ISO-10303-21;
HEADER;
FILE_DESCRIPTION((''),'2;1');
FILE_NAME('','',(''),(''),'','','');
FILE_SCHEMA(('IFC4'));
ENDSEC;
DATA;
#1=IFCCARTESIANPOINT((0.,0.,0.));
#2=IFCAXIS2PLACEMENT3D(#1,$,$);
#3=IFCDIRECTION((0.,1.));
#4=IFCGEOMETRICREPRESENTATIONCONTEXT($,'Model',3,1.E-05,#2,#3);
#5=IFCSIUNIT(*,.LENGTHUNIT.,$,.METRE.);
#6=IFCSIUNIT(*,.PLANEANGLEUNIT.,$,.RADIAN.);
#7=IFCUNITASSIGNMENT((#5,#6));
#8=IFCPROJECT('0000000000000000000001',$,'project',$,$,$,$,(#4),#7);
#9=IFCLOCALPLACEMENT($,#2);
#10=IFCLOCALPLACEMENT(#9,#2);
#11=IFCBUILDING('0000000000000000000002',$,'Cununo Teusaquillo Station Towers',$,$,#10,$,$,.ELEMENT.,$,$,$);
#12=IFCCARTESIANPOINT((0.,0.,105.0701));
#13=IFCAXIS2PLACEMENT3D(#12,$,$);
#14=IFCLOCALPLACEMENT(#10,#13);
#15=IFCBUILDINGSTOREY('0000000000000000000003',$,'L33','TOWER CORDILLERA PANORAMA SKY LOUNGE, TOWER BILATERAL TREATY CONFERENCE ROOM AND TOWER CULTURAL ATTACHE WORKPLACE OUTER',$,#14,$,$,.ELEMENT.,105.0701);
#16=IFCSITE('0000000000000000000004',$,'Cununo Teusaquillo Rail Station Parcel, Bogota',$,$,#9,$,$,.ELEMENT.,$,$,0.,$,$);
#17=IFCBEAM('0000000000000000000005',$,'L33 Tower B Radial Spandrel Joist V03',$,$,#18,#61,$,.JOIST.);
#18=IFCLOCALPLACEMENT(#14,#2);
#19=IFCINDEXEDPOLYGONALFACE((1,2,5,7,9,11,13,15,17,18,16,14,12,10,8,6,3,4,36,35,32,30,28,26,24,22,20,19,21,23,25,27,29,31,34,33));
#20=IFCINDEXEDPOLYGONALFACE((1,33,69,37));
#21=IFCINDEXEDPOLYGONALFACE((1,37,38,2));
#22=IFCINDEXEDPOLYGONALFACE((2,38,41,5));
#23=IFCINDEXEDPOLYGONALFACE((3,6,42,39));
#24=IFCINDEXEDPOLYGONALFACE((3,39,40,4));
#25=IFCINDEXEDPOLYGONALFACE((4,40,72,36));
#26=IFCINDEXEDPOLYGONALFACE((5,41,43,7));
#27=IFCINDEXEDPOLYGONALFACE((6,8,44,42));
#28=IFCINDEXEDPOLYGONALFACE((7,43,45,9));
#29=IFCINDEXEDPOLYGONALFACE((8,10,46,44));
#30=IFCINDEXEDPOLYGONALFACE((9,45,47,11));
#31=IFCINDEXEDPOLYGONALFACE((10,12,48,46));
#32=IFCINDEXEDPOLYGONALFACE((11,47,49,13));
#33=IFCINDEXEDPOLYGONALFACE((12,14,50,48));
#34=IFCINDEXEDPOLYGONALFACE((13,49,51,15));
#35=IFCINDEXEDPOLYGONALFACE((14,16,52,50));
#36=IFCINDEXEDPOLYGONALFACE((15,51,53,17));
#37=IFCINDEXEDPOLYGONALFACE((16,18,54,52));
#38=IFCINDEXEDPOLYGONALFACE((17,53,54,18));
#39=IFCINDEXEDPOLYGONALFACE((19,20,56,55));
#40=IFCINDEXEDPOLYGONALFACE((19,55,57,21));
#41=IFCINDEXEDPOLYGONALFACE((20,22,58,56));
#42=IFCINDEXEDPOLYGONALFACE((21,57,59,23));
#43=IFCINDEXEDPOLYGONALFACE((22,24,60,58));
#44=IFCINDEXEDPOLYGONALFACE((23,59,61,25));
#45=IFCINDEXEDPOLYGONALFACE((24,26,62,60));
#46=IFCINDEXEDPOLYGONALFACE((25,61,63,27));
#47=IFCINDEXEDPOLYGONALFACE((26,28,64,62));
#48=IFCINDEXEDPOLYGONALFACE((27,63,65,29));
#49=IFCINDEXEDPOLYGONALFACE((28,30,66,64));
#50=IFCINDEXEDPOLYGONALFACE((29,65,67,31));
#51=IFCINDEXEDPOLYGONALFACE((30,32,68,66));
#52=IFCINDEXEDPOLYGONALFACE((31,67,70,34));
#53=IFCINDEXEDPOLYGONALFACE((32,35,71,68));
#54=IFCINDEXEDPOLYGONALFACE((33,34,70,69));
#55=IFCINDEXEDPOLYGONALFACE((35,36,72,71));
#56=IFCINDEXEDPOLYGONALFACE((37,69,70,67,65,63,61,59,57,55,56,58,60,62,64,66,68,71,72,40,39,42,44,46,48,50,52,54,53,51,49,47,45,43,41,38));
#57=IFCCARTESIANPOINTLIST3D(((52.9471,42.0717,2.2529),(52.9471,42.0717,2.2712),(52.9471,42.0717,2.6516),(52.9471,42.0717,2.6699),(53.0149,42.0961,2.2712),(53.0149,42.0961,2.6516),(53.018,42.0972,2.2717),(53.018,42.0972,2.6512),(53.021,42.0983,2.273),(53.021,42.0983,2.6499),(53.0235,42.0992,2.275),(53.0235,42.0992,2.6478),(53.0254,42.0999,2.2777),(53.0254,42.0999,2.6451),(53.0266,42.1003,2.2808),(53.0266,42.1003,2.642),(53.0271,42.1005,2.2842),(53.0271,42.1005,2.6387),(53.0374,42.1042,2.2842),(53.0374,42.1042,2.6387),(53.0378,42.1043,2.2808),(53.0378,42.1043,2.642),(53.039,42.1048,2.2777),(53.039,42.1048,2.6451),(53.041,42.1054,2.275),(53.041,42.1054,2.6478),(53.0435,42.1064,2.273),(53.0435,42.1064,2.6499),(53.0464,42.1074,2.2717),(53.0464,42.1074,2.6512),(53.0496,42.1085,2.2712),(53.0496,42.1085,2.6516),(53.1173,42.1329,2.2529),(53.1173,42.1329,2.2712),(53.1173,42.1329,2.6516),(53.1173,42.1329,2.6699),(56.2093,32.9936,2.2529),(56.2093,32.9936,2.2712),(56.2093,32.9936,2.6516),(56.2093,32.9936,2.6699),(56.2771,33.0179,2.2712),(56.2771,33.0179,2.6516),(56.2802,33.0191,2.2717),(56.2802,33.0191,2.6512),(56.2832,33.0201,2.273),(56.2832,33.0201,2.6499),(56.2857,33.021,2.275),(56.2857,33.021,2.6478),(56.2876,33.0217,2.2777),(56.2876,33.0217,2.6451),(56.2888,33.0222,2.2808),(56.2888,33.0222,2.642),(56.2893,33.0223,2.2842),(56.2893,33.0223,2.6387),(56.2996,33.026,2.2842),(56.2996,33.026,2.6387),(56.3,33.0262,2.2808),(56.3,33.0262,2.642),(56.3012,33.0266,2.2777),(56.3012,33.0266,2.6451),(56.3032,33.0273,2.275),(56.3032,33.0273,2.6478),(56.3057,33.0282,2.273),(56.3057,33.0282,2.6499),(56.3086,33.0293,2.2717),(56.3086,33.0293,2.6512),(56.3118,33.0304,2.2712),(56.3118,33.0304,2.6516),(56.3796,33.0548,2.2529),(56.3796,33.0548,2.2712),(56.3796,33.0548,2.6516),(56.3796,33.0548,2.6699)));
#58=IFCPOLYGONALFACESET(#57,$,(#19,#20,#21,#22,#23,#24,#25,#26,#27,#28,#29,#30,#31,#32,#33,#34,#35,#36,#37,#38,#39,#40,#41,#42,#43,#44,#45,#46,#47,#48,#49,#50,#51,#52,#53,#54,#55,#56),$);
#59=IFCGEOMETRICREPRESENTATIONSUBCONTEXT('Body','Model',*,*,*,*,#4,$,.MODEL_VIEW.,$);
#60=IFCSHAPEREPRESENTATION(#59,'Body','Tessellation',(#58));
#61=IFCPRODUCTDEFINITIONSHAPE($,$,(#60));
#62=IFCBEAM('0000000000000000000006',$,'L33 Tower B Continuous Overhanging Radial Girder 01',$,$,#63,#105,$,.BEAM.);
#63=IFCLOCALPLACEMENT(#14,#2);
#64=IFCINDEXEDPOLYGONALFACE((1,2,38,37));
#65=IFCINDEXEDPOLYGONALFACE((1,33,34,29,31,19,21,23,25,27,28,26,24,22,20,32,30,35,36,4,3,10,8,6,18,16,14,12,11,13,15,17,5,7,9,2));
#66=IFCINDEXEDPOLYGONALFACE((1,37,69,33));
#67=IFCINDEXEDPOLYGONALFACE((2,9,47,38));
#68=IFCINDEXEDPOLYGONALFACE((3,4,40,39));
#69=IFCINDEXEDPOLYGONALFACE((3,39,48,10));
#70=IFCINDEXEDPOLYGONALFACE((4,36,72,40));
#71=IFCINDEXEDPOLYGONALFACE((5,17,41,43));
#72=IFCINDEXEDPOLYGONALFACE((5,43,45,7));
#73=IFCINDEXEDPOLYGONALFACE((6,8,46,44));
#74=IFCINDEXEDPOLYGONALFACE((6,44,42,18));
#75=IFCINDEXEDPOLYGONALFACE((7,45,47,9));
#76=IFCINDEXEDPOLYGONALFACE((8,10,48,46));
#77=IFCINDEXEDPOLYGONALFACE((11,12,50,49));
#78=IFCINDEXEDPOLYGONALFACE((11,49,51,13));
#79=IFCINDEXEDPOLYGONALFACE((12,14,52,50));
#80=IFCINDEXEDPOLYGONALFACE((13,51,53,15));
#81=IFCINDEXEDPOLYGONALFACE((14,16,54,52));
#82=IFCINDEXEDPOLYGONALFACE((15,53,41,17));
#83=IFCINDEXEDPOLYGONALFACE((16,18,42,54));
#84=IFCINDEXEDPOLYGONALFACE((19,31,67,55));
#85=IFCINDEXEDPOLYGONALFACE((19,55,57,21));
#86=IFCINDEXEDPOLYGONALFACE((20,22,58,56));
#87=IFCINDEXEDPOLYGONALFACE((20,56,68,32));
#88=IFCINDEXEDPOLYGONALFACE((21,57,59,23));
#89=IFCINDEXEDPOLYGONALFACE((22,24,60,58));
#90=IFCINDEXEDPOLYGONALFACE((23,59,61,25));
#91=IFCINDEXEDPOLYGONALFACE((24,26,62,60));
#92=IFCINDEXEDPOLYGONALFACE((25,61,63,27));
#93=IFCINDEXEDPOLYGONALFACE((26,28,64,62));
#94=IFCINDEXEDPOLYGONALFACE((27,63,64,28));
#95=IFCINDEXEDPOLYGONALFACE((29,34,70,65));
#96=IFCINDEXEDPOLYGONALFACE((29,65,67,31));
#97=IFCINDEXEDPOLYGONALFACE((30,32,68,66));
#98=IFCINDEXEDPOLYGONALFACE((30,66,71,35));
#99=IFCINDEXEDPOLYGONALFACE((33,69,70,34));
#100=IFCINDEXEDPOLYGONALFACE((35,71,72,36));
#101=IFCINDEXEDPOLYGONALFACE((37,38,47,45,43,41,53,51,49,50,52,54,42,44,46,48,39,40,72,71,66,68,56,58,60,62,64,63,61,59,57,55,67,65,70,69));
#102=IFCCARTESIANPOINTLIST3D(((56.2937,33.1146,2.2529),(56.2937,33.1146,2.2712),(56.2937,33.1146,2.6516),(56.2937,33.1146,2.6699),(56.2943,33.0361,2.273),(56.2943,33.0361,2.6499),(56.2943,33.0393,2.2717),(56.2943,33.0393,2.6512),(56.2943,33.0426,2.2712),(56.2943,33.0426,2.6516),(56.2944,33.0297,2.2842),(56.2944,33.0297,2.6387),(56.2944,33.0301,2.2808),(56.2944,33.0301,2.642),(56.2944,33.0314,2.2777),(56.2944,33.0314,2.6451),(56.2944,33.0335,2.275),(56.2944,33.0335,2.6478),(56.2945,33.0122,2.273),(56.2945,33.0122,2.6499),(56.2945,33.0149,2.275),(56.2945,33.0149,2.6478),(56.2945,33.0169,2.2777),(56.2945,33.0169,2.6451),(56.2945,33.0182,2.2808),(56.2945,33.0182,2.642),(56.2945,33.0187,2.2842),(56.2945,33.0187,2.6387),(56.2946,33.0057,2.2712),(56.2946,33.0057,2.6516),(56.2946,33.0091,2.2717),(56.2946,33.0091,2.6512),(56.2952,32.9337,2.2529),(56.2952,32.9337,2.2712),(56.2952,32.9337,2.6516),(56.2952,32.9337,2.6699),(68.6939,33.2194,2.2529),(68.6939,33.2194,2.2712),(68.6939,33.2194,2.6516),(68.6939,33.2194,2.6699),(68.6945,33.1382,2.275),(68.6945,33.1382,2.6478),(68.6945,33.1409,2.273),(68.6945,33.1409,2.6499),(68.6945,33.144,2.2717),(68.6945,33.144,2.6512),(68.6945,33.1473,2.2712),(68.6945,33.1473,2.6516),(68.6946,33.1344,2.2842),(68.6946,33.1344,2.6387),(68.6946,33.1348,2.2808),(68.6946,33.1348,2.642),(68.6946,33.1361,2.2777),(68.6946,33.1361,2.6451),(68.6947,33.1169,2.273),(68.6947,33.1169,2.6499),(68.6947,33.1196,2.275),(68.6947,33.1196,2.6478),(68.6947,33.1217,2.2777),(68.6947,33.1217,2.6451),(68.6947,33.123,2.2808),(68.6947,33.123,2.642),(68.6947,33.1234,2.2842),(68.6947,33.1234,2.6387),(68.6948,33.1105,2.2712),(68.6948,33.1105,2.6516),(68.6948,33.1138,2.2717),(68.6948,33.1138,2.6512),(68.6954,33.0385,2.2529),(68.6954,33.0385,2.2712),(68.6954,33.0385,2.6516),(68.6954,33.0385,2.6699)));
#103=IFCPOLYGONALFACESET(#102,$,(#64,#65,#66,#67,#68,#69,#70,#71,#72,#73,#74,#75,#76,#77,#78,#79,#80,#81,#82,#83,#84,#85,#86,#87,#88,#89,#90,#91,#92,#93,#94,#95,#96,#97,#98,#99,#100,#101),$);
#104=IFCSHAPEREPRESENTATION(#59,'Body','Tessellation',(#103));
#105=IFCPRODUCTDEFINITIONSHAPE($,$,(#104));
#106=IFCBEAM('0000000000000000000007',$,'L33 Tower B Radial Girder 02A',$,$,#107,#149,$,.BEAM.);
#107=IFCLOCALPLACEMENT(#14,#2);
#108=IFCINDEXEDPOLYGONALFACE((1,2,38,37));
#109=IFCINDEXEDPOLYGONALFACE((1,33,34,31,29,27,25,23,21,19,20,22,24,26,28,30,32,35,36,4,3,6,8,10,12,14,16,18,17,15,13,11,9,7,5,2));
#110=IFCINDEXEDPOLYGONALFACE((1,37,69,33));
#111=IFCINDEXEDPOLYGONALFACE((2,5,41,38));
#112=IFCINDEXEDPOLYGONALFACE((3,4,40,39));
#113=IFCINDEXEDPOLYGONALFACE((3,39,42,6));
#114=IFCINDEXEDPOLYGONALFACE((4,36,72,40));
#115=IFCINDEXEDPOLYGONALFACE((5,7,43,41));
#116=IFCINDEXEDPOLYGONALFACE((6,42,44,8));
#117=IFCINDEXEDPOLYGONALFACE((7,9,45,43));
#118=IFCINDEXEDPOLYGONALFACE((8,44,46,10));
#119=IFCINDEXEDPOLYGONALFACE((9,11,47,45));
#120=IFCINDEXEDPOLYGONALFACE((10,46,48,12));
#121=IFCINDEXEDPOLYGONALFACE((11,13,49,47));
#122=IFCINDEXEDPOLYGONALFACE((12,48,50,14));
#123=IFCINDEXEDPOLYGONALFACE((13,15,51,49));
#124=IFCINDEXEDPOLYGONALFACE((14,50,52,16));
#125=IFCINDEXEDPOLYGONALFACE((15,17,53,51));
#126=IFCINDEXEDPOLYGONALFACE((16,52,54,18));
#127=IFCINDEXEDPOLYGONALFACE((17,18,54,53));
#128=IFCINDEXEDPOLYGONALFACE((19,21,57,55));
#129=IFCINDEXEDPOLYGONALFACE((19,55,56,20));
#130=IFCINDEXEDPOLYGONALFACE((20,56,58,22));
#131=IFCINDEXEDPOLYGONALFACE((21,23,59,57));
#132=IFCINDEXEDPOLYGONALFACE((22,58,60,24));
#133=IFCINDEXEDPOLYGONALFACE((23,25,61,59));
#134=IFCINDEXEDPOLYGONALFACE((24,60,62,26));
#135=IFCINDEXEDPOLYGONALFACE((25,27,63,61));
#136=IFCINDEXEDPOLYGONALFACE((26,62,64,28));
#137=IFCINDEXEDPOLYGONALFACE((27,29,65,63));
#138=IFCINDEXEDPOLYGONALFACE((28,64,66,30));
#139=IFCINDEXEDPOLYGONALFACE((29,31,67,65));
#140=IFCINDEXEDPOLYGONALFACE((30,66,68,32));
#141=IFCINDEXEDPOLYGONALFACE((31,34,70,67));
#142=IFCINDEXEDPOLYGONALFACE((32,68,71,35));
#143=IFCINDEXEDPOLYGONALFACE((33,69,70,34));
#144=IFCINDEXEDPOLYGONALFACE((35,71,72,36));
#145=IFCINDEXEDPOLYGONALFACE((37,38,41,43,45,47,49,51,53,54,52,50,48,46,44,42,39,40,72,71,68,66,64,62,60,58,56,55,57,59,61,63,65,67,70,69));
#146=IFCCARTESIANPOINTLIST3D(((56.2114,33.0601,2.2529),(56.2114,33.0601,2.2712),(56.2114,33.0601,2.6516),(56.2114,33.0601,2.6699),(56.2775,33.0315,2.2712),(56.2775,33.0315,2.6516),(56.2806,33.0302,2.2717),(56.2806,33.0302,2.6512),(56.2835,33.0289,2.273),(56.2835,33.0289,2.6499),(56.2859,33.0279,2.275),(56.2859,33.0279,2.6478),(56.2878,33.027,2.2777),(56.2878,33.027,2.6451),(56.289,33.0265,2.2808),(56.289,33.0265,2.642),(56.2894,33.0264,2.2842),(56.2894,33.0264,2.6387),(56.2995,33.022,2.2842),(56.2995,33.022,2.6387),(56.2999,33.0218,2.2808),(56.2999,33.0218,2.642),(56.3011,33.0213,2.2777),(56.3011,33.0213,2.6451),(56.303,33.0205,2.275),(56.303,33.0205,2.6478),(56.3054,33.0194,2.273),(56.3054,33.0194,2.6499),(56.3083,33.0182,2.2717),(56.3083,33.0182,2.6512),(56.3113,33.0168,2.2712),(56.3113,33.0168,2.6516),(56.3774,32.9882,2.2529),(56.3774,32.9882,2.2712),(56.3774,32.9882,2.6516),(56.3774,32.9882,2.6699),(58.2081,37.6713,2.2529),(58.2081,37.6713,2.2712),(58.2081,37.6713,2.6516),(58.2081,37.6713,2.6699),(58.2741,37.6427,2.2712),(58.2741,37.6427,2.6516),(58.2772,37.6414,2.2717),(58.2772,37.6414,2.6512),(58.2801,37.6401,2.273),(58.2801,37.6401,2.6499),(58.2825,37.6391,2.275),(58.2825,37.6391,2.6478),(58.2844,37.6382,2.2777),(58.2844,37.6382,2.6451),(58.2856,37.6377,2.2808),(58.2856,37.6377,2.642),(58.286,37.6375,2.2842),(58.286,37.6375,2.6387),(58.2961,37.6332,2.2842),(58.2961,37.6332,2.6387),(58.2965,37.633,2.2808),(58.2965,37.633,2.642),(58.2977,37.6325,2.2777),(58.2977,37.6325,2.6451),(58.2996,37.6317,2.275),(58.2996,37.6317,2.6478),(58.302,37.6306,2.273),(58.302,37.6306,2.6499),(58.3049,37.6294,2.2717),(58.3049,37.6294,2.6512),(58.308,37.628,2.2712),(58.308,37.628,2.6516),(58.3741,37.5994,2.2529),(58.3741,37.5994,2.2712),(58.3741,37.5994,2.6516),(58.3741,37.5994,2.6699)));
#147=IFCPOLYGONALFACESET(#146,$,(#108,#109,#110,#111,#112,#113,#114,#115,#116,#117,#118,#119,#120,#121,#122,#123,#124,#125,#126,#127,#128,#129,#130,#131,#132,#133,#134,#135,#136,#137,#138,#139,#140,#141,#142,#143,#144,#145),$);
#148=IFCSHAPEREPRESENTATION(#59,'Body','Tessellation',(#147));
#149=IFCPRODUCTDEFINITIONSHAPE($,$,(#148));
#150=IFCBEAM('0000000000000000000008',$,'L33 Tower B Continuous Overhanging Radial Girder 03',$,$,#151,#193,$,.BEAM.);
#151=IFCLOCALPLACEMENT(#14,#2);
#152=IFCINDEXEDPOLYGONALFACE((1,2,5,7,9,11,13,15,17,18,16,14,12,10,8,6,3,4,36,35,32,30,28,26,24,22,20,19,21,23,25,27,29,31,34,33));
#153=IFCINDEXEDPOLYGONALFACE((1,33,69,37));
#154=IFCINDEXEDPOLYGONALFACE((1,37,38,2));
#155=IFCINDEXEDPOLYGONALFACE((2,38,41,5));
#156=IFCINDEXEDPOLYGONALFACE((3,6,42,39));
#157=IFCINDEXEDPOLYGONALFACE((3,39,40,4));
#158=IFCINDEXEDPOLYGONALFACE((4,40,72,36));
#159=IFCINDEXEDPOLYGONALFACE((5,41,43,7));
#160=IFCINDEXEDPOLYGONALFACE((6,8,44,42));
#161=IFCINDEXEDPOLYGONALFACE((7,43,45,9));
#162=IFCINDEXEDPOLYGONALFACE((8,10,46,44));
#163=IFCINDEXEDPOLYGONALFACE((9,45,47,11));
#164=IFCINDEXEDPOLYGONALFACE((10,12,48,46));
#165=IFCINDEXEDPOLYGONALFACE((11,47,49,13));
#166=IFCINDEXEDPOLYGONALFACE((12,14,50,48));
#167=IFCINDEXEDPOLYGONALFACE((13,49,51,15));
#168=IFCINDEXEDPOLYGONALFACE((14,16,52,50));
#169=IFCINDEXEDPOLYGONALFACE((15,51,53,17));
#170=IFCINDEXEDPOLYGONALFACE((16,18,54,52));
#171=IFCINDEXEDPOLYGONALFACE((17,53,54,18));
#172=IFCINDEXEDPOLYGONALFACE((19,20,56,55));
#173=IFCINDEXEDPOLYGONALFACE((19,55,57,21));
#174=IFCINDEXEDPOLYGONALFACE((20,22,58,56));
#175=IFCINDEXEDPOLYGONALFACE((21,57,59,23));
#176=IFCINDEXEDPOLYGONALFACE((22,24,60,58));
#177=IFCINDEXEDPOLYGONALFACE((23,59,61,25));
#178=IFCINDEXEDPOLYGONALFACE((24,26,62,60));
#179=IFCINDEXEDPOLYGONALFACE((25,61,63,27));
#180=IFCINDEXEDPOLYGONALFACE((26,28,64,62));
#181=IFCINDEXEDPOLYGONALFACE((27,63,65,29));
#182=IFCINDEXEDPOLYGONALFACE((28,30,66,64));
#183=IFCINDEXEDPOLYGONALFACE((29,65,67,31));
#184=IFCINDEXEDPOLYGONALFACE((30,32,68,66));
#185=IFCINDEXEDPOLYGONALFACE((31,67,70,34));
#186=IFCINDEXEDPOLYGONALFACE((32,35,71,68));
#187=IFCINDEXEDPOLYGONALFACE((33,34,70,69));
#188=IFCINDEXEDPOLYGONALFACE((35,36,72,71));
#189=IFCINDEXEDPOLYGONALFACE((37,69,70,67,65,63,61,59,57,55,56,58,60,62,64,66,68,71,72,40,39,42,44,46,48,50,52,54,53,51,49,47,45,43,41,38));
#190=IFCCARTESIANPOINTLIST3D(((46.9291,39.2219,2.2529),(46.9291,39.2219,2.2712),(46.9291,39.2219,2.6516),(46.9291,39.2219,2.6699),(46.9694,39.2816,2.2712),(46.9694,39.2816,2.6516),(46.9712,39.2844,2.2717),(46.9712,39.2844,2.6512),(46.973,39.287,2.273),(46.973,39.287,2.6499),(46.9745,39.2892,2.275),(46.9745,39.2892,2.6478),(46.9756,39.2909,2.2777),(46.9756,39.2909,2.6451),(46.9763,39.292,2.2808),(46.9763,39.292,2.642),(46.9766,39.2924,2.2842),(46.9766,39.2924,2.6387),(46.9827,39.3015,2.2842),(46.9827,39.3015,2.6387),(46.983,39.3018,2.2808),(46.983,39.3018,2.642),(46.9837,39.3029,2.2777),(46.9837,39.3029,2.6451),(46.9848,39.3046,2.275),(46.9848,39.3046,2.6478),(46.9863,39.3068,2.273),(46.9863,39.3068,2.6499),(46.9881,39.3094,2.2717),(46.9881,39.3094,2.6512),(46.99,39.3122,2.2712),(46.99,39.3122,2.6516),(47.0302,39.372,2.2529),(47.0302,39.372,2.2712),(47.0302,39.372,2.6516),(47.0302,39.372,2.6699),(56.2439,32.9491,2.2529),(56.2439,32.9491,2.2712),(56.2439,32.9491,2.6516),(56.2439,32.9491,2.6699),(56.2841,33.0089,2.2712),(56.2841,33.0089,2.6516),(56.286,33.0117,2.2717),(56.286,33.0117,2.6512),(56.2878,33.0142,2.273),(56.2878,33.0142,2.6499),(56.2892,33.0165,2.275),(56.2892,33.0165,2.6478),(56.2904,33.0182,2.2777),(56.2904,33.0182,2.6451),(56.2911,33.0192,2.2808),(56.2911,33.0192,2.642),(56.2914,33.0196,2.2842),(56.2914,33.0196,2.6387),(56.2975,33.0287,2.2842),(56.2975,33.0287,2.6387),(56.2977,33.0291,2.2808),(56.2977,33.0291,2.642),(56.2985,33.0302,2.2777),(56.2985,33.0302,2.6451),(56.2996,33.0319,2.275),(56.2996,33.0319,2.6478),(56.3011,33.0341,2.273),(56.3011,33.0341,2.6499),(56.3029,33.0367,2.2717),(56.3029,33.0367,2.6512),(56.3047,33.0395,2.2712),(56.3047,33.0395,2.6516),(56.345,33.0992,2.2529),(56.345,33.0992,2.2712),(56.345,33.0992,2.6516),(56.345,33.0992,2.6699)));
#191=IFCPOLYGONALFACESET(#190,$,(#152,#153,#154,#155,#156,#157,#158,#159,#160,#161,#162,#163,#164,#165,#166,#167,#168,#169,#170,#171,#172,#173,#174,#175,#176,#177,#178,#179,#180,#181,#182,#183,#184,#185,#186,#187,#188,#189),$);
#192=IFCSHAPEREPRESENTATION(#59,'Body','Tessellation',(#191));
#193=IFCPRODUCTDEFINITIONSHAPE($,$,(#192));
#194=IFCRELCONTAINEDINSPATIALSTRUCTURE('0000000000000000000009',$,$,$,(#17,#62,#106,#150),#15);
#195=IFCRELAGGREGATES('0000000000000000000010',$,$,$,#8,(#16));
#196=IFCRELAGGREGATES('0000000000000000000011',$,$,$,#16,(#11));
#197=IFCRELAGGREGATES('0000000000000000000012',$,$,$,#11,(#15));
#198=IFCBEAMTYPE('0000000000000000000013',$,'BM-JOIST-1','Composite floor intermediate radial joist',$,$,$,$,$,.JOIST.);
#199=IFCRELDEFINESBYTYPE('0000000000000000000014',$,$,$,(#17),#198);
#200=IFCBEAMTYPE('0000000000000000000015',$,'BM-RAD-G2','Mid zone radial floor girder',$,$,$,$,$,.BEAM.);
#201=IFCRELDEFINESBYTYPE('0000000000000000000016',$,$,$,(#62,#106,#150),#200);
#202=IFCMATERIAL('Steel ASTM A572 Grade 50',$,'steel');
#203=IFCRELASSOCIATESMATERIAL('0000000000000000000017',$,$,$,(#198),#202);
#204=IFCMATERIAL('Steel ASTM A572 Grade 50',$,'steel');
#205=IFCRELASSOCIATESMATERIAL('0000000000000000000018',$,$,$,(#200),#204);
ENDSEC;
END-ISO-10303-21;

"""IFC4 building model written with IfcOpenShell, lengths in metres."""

from ifc_helpers import new_model, si_unit, direction, frame, origin, origin_2d, place, context, subcontext, project, spatial, i_section, extrude, material, material_profile, profile_set, type_object, element, save


model = new_model("IFC4")

# Units and contexts
model_context = context("Model", 3, precision=1e-05, world=origin(), true_north=direction((0.0, 1.0)))
body_context = subcontext(model_context, "Body", "Model", "MODEL_VIEW")
ifc_project = project(units=[si_unit("LENGTHUNIT", "METRE"), si_unit("PLANEANGLEUNIT", "RADIAN")], contexts=[model_context])

# Site, building, storey
site_placement = place(None, origin())
site = spatial("IfcSite", under=ifc_project, at=site_placement, Name="Cununo Teusaquillo Rail Station Parcel, Bogota", CompositionType="ELEMENT", RefElevation=0.0)
building_placement = place(site_placement, origin())
building = spatial("IfcBuilding", under=site, at=building_placement, Name="Cununo Teusaquillo Station Towers", CompositionType="ELEMENT")
storey_placement = place(building_placement, frame((0.0, 0.0, 105.0701)))
storey = spatial("IfcBuildingStorey", under=building, at=storey_placement, Name="L33", Description="TOWER CORDILLERA PANORAMA SKY LOUNGE, TOWER BILATERAL TREATY CONFERENCE ROOM AND TOWER CULTURAL ATTACHE WORKPLACE OUTER", CompositionType="ELEMENT", Elevation=105.0701)

# Beams
ifc_material_1 = material(Name="Steel ASTM A572 Grade 50", Category="steel")
ifc_material_profile_1 = material_profile(ifc_material_1, i_section(OverallWidth=0.1809, OverallDepth=0.417, WebThickness=0.011, FlangeThickness=0.0183, FilletRadius=0.0129, at=origin_2d()), Name="W16X57")
ifc_profile_set_1 = profile_set([ifc_material_profile_1], Name="Steel ASTM A572 Grade 50")
beam_type_1 = type_object("IfcBeamType", Name="BM-JOIST-1", Description="Composite floor intermediate radial joist", PredefinedType="JOIST", material=ifc_profile_set_1)
beam_1_placement = place(storey_placement, frame((56.2944, 33.0242, 2.4614), z_axis=(-0.338176, 0.941083, 0.0), x_axis=(-0.941083, -0.338176, 0.0)))
element("IfcBeam", 1, at=beam_1_placement, inside=storey, type_object=beam_type_1, Name="L33 Tower B Radial Spandrel Joist V03", PredefinedType="JOIST", context=body_context, shape_type="SweptSolid", body=[
    extrude(i_section(OverallWidth=0.1809, OverallDepth=0.417, WebThickness=0.011, FlangeThickness=0.0183, FilletRadius=0.0129, at=origin_2d()), origin(), (0.0, 0.0, 1.0), 9.6465),
])
ifc_material_2 = material(Name="Steel ASTM A572 Grade 50", Category="steel")
ifc_material_profile_2 = material_profile(ifc_material_2, i_section(OverallWidth=0.1809, OverallDepth=0.417, WebThickness=0.011, FlangeThickness=0.0183, FilletRadius=0.0129, at=origin_2d()), Name="W16X57")
ifc_profile_set_2 = profile_set([ifc_material_profile_2], Name="Steel ASTM A572 Grade 50")
beam_type_2 = type_object("IfcBeamType", Name="BM-RAD-G2", Description="Mid zone radial floor girder", PredefinedType="BEAM", material=ifc_profile_set_2)
beam_2_placement = place(storey_placement, frame((56.2944, 33.0242, 2.4614), z_axis=(0.999964, 0.008446, 0.0), x_axis=(-0.008446, 0.999964, 0.0)))
element("IfcBeam", 2, at=beam_2_placement, inside=storey, type_object=beam_type_2, Name="L33 Tower B Continuous Overhanging Radial Girder 01", PredefinedType="BEAM", context=body_context, shape_type="SweptSolid", body=[
    extrude(i_section(OverallWidth=0.1809, OverallDepth=0.417, WebThickness=0.011, FlangeThickness=0.0183, FilletRadius=0.0129, at=origin_2d()), origin(), (0.0, 0.0, 1.0), 12.4006),
])
beam_3_placement = place(storey_placement, frame((56.2944, 33.0242, 2.4614), z_axis=(0.397347, 0.917668, 0.0), x_axis=(-0.917668, 0.397347, 0.0)))
element("IfcBeam", 3, at=beam_3_placement, inside=storey, type_object=beam_type_2, Name="L33 Tower B Radial Girder 02A", PredefinedType="BEAM", context=body_context, shape_type="SweptSolid", body=[
    extrude(i_section(OverallWidth=0.1809, OverallDepth=0.417, WebThickness=0.011, FlangeThickness=0.0183, FilletRadius=0.0129, at=origin_2d()), origin(), (0.0, 0.0, 1.0), 5.0249),
])
beam_4_placement = place(storey_placement, frame((56.2944, 33.0242, 2.4614), z_axis=(-0.829456, 0.558572, 0.0), x_axis=(-0.558572, -0.829456, 0.0)))
element("IfcBeam", 4, at=beam_4_placement, inside=storey, type_object=beam_type_2, Name="L33 Tower B Continuous Overhanging Radial Girder 03", PredefinedType="BEAM", context=body_context, shape_type="SweptSolid", body=[
    extrude(i_section(OverallWidth=0.1809, OverallDepth=0.417, WebThickness=0.011, FlangeThickness=0.0183, FilletRadius=0.0129, at=origin_2d()), origin(), (0.0, 0.0, 1.0), 11.23),
])

save(model, "model.ifc")
